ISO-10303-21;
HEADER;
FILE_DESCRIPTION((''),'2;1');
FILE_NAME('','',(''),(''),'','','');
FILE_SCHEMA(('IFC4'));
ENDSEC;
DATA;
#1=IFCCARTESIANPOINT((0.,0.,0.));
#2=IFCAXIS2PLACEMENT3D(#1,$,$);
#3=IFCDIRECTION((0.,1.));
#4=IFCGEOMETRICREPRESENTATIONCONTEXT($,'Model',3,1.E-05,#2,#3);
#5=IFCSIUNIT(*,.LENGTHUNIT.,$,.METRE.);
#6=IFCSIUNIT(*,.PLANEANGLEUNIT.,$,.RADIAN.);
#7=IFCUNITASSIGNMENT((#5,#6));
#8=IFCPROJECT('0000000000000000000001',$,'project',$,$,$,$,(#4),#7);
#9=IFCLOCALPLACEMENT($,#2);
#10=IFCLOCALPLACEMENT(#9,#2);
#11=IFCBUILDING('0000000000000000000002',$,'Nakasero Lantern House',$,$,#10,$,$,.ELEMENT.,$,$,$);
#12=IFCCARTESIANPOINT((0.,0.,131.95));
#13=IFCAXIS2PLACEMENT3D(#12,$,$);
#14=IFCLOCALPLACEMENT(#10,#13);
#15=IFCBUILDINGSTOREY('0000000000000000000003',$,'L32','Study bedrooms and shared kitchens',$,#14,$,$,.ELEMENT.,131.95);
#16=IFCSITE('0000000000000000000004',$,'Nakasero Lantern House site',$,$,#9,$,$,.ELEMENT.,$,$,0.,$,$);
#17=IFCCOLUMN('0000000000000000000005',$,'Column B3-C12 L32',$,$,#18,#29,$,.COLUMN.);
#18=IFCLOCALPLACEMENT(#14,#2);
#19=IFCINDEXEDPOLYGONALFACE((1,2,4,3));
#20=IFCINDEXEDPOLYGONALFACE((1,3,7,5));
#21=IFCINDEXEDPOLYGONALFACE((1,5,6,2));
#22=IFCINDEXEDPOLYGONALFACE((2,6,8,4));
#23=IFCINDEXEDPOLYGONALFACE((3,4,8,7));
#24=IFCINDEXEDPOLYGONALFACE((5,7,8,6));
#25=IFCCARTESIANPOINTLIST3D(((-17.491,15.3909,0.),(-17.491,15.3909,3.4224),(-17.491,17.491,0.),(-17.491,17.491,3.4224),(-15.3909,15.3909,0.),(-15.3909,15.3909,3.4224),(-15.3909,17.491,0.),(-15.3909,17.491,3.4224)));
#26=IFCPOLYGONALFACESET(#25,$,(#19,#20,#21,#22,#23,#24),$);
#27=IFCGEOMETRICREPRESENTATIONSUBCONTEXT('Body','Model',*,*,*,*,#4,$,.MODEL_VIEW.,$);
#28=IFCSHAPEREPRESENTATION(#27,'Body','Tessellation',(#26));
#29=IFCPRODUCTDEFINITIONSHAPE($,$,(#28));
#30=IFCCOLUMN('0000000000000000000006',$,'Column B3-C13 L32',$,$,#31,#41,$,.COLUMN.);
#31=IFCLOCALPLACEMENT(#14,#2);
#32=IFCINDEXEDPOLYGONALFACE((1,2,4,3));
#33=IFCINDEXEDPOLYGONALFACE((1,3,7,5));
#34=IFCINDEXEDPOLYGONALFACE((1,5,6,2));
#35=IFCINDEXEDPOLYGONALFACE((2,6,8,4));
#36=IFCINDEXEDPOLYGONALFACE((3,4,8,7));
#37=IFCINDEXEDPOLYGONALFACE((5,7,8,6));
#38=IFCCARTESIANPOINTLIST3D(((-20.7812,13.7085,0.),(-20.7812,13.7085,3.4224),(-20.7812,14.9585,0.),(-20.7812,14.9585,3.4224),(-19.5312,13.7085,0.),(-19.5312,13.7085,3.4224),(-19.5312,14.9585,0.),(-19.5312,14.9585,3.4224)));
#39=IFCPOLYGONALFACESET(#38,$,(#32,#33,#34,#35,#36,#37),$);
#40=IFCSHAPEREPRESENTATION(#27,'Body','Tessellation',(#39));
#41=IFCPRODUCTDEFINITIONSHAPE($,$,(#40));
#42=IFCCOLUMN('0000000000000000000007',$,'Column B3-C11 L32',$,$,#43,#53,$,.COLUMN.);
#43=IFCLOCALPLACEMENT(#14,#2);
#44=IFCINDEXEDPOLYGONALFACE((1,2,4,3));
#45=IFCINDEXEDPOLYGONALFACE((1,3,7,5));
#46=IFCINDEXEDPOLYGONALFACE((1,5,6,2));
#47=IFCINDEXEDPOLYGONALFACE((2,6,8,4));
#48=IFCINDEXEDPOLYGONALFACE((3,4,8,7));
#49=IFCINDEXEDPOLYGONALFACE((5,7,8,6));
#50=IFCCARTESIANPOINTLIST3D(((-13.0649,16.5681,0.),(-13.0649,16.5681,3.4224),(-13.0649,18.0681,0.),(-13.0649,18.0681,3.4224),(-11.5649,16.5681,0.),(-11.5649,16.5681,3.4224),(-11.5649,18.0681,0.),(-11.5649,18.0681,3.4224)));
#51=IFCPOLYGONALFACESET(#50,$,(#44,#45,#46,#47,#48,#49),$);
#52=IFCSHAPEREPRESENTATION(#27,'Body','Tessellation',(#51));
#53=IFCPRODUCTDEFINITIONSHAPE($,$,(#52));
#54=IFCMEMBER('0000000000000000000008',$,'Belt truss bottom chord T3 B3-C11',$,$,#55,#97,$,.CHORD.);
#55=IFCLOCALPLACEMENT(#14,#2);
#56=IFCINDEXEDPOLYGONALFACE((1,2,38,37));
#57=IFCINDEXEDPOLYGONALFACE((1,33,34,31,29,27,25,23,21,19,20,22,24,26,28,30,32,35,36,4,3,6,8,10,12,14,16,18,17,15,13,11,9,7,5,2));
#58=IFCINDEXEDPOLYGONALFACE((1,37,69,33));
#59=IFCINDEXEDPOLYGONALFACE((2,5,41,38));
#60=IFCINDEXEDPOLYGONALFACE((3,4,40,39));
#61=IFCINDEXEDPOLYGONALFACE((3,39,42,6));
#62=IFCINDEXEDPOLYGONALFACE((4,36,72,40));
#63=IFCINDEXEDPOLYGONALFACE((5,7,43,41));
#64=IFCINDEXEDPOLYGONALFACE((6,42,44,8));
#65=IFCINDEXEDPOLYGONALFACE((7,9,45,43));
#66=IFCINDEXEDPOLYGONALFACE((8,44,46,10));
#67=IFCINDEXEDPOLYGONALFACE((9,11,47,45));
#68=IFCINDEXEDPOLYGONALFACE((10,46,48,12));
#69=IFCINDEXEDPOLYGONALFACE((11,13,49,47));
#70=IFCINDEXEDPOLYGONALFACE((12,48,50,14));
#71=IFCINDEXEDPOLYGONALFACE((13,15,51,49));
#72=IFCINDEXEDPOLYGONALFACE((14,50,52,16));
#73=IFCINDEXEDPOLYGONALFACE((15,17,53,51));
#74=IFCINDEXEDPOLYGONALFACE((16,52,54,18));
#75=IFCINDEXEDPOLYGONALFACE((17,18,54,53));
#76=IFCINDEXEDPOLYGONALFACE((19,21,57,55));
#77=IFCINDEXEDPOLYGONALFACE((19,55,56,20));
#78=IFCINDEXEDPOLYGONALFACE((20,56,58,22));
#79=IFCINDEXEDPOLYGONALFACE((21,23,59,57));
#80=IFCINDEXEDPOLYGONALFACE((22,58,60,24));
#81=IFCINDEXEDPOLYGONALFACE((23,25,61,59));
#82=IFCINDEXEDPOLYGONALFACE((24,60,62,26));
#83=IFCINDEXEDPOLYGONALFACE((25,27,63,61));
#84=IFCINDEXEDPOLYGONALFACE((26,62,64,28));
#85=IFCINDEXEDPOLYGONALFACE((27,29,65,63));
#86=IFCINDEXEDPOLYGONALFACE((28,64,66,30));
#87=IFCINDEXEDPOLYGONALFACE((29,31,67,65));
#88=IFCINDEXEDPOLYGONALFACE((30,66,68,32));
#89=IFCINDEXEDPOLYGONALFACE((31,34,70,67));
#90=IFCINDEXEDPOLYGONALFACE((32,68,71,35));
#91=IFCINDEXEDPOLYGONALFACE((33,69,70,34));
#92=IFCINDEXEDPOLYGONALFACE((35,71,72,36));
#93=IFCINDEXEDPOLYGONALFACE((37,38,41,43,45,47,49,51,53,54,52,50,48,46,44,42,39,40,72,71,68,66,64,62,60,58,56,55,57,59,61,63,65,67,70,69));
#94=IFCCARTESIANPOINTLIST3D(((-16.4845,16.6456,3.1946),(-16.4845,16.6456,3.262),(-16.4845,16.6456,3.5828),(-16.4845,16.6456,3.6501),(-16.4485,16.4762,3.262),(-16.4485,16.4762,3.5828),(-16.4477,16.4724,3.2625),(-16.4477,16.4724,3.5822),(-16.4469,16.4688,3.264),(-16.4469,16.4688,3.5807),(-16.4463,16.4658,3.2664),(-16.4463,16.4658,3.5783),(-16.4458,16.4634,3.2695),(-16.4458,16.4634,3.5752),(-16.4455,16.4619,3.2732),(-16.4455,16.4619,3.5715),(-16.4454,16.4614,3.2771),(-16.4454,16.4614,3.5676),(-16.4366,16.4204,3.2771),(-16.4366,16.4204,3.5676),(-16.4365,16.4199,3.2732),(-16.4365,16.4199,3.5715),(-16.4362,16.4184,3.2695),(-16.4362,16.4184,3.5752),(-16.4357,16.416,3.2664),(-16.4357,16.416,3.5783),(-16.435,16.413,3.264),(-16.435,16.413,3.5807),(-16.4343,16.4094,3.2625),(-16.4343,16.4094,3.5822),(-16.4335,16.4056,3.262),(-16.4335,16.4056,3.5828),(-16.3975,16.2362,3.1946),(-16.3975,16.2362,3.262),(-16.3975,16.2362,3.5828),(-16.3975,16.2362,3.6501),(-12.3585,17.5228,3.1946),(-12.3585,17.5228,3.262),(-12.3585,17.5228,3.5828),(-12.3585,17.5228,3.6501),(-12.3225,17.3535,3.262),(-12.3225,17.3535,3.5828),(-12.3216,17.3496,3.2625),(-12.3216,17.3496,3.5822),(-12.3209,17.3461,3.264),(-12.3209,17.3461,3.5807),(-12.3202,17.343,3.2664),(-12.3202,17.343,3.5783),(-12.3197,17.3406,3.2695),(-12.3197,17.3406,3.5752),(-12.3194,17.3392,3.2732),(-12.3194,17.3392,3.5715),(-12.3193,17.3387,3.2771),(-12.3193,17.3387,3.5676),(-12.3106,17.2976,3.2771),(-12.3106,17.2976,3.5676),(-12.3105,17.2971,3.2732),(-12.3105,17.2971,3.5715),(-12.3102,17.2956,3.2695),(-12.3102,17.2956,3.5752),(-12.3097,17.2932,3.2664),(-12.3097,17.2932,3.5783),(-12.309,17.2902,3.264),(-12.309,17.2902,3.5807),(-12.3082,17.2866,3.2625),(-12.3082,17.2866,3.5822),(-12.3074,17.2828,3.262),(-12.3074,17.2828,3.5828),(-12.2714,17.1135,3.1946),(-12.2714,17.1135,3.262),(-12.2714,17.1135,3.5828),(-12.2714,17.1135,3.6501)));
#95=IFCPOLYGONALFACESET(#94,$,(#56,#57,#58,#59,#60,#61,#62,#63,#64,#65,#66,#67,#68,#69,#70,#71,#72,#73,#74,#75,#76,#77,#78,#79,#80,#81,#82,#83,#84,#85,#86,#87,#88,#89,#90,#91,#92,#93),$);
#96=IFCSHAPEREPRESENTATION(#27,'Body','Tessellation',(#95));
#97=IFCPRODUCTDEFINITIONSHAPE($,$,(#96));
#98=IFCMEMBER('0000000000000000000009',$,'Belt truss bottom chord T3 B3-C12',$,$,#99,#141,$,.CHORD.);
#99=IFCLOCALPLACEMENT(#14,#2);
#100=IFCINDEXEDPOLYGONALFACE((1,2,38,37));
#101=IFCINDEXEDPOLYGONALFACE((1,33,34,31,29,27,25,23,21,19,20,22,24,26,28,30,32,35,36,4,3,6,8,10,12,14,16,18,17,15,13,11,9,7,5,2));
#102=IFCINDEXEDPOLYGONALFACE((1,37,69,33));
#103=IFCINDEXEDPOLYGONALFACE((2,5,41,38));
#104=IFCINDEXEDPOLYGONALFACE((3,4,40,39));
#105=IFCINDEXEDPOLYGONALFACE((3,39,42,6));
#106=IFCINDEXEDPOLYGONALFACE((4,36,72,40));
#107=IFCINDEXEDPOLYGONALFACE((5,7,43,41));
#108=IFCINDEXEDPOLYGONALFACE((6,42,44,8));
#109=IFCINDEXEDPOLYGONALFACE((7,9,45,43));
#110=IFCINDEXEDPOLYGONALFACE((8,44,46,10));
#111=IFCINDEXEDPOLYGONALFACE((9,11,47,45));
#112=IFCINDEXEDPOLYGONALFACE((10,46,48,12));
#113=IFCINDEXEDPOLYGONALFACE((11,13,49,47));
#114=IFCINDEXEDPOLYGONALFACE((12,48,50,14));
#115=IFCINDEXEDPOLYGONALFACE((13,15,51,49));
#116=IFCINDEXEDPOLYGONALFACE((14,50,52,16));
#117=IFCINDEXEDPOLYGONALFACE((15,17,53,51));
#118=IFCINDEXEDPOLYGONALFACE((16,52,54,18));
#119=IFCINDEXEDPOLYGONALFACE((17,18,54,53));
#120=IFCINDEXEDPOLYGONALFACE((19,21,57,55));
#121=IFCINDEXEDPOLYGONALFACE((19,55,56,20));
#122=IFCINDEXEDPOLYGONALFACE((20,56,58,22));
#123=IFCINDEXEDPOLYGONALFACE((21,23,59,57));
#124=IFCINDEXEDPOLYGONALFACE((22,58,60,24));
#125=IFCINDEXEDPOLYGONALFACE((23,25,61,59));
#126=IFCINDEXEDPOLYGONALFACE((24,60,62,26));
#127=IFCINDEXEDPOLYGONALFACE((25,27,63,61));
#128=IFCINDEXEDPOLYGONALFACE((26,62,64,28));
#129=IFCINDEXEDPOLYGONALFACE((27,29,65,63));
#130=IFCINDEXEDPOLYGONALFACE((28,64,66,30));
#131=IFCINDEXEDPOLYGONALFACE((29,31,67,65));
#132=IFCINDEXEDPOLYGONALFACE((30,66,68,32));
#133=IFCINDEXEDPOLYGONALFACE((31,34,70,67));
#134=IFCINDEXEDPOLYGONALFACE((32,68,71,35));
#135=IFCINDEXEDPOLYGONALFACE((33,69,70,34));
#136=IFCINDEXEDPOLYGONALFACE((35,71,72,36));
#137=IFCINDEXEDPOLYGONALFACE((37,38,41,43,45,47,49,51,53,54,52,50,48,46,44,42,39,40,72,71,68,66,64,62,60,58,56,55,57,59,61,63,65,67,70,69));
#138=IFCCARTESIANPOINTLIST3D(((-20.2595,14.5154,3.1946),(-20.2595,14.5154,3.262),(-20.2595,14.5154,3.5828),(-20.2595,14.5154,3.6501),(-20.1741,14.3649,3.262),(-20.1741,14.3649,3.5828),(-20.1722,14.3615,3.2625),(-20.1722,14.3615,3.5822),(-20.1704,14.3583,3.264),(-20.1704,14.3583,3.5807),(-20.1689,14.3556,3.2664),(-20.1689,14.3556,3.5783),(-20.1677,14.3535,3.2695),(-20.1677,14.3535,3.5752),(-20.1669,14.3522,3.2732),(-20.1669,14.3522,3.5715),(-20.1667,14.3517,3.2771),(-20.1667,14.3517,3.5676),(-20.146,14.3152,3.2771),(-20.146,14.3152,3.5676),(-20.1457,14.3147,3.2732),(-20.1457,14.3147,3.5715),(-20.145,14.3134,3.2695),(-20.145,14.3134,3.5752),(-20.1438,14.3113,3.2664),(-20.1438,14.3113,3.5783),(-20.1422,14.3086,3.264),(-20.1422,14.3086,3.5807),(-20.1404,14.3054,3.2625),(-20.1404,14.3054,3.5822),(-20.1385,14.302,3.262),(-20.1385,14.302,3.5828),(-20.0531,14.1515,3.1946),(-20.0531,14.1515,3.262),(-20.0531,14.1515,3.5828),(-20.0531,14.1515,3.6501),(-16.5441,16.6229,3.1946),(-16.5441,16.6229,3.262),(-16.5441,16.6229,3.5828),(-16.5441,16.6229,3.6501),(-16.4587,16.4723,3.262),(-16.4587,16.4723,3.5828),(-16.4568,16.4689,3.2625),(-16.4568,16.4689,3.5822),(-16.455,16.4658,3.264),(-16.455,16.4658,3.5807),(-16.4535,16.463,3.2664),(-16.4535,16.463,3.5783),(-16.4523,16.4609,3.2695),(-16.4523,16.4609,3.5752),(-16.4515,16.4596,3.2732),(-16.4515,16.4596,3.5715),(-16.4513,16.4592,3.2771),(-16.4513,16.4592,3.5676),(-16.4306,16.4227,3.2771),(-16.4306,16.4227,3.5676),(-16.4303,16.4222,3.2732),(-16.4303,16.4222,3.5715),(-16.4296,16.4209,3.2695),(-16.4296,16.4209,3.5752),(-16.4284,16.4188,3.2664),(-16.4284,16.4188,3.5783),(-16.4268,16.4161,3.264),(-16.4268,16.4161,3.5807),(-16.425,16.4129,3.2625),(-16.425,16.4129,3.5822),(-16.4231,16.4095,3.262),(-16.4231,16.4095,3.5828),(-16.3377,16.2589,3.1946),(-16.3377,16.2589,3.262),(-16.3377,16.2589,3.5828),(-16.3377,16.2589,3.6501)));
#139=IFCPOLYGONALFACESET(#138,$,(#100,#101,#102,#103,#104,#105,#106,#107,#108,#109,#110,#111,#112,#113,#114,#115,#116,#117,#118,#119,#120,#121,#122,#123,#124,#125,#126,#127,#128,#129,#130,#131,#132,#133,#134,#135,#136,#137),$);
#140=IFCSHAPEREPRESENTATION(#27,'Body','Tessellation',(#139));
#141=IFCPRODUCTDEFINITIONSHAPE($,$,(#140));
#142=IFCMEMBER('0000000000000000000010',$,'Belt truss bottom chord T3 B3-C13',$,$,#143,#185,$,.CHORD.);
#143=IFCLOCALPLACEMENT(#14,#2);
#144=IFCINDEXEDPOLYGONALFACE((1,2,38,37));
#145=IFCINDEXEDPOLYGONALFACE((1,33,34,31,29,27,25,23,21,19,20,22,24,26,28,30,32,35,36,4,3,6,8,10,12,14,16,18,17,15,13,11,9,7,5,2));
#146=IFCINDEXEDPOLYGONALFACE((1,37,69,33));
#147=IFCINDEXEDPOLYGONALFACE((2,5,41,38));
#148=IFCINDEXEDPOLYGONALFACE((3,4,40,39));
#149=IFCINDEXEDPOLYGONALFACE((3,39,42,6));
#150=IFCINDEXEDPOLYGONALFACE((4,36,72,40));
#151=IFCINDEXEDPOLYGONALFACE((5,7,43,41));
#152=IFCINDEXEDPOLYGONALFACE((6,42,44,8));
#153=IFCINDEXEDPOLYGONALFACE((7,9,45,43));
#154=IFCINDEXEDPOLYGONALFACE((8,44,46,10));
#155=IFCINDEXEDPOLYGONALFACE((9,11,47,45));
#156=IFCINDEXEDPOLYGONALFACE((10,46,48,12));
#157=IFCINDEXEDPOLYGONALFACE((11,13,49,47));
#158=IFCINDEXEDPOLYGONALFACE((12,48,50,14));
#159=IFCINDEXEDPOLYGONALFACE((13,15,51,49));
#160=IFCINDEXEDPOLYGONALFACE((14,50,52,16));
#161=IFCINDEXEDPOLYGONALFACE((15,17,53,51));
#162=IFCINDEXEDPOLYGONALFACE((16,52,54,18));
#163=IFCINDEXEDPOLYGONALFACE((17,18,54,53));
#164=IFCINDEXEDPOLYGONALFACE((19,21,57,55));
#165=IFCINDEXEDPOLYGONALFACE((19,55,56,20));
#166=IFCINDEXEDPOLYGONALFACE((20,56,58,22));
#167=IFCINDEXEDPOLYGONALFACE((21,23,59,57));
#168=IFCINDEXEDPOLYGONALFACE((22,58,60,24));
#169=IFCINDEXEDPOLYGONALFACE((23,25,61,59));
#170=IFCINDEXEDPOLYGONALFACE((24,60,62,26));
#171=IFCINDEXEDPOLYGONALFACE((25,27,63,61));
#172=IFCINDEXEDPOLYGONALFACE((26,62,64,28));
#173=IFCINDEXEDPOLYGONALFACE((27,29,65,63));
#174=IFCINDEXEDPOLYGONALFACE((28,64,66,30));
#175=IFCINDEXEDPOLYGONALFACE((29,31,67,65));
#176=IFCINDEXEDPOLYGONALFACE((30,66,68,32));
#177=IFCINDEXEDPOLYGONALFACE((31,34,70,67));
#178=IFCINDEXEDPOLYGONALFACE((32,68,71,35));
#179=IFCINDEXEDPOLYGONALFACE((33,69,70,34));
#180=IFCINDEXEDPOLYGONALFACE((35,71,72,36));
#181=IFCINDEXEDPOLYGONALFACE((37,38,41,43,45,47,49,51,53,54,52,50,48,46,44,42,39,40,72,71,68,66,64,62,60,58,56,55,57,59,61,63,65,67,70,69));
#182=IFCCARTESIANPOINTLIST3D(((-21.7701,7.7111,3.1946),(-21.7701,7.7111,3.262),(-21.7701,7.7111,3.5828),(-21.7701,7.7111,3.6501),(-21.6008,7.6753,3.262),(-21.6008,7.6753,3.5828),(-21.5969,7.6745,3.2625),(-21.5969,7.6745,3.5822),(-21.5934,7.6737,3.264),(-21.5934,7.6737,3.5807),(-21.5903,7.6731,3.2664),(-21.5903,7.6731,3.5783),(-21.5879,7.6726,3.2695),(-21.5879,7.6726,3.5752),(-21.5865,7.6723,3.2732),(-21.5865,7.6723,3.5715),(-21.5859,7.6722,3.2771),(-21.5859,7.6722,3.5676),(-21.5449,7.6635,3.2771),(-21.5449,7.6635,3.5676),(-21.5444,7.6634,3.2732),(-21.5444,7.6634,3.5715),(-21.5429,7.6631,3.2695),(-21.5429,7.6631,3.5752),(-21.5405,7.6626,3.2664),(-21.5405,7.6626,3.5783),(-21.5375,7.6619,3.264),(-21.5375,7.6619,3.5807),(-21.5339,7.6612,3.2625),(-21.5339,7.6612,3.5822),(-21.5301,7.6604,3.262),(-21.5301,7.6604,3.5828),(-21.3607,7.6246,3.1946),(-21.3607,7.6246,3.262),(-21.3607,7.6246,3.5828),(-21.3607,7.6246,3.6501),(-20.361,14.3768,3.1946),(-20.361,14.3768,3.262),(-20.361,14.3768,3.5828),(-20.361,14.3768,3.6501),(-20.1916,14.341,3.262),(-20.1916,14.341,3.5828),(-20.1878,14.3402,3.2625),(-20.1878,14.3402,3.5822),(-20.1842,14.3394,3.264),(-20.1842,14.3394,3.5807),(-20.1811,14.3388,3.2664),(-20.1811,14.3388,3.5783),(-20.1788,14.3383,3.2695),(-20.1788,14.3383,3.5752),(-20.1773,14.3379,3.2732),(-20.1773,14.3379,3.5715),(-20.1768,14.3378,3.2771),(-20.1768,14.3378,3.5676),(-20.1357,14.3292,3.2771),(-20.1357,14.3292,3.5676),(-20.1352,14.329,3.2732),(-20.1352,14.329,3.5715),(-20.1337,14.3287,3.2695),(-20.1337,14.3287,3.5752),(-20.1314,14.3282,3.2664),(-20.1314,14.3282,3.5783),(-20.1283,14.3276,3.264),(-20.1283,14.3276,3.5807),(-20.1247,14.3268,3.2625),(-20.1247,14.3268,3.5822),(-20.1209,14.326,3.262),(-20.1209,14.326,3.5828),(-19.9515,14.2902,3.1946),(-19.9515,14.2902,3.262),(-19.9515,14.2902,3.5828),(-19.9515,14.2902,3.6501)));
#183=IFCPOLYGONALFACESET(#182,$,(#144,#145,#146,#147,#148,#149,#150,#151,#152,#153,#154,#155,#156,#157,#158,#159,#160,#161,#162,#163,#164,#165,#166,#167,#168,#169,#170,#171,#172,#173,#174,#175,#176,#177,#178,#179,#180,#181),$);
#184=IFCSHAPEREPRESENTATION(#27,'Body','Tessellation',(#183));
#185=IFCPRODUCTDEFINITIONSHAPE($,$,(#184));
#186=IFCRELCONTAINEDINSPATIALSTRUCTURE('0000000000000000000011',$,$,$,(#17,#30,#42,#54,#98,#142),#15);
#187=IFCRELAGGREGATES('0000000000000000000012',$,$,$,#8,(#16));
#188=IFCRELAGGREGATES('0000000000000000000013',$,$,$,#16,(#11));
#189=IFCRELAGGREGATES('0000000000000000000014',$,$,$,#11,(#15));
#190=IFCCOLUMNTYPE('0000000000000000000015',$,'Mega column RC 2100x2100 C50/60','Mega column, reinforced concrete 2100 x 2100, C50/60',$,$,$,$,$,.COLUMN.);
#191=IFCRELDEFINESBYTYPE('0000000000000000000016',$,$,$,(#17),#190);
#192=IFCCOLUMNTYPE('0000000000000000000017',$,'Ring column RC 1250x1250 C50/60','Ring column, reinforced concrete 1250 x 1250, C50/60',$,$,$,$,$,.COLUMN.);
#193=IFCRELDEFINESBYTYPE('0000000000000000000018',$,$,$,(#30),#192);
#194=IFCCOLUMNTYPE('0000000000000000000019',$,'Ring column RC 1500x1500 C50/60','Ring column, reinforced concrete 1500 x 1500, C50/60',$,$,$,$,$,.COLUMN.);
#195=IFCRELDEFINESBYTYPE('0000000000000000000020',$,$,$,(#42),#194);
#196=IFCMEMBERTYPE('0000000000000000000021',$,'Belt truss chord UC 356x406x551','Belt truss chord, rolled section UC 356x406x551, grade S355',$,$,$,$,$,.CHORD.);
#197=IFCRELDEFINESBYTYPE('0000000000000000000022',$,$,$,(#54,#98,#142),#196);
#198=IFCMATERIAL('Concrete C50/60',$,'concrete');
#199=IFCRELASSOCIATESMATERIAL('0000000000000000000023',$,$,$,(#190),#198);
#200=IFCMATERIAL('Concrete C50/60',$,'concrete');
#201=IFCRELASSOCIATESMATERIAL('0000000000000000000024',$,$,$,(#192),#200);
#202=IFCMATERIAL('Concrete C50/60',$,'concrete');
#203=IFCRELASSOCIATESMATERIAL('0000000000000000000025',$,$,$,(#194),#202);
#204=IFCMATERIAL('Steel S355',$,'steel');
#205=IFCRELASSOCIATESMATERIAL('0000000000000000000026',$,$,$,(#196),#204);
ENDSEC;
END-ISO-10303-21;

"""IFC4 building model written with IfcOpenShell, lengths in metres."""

from ifc_helpers import new_model, si_unit, direction, frame, origin, origin_2d, place, context, subcontext, project, spatial, rectangle, i_section, extrude, material, material_profile, profile_set, type_object, element, save


model = new_model("IFC4")

# Units and contexts
model_context = context("Model", 3, precision=1e-05, world=origin(), true_north=direction((0.0, 1.0)))
body_context = subcontext(model_context, "Body", "Model", "MODEL_VIEW")
ifc_project = project(units=[si_unit("LENGTHUNIT", "METRE"), si_unit("PLANEANGLEUNIT", "RADIAN")], contexts=[model_context])

# Site, building, storey
site_placement = place(None, origin())
site = spatial("IfcSite", under=ifc_project, at=site_placement, Name="Nakasero Lantern House site", CompositionType="ELEMENT", RefElevation=0.0)
building_placement = place(site_placement, origin())
building = spatial("IfcBuilding", under=site, at=building_placement, Name="Nakasero Lantern House", CompositionType="ELEMENT")
storey_placement = place(building_placement, frame((0.0, 0.0, 131.95)))
storey = spatial("IfcBuildingStorey", under=building, at=storey_placement, Name="L32", Description="Study bedrooms and shared kitchens", CompositionType="ELEMENT", Elevation=131.95)

# Columns
ifc_material_1 = material(Name="Concrete C50/60", Category="concrete")
ifc_material_profile_1 = material_profile(ifc_material_1, rectangle(XDim=2.1001, YDim=2.1001, at=origin_2d()), Name="RC 2100x2100")
ifc_profile_set_1 = profile_set([ifc_material_profile_1], Name="Concrete C50/60")
column_type_1 = type_object("IfcColumnType", Name="Mega column RC 2100x2100 C50/60", Description="Mega column, reinforced concrete 2100 x 2100, C50/60", PredefinedType="COLUMN", material=ifc_profile_set_1)
column_1_placement = place(storey_placement, frame((-16.4409, 16.4409, 0.0), z_axis=(0.0, 0.0, 1.0), x_axis=(1.0, 0.0, 0.0)))
element("IfcColumn", 1, at=column_1_placement, inside=storey, type_object=column_type_1, Name="Column B3-C12 L32", PredefinedType="COLUMN", context=body_context, shape_type="SweptSolid", body=[
    extrude(rectangle(XDim=2.1001, YDim=2.1001, at=origin_2d()), origin(), (0.0, 0.0, 1.0), 3.4224),
])
ifc_material_2 = material(Name="Concrete C50/60", Category="concrete")
ifc_material_profile_2 = material_profile(ifc_material_2, rectangle(XDim=1.25, YDim=1.25, at=origin_2d()), Name="RC 1250x1250")
ifc_profile_set_2 = profile_set([ifc_material_profile_2], Name="Concrete C50/60")
column_type_2 = type_object("IfcColumnType", Name="Ring column RC 1250x1250 C50/60", Description="Ring column, reinforced concrete 1250 x 1250, C50/60", PredefinedType="COLUMN", material=ifc_profile_set_2)
column_2_placement = place(storey_placement, frame((-20.1562, 14.3335, 0.0), z_axis=(0.0, 0.0, 1.0), x_axis=(1.0, 0.0, 0.0)))
element("IfcColumn", 2, at=column_2_placement, inside=storey, type_object=column_type_2, Name="Column B3-C13 L32", PredefinedType="COLUMN", context=body_context, shape_type="SweptSolid", body=[
    extrude(rectangle(XDim=1.25, YDim=1.25, at=origin_2d()), origin(), (0.0, 0.0, 1.0), 3.4224),
])
ifc_material_3 = material(Name="Concrete C50/60", Category="concrete")
ifc_material_profile_3 = material_profile(ifc_material_3, rectangle(XDim=1.5, YDim=1.5, at=origin_2d()), Name="RC 1500x1500")
ifc_profile_set_3 = profile_set([ifc_material_profile_3], Name="Concrete C50/60")
column_type_3 = type_object("IfcColumnType", Name="Ring column RC 1500x1500 C50/60", Description="Ring column, reinforced concrete 1500 x 1500, C50/60", PredefinedType="COLUMN", material=ifc_profile_set_3)
column_3_placement = place(storey_placement, frame((-12.3149, 17.3181, 0.0), z_axis=(0.0, 0.0, 1.0), x_axis=(1.0, 0.0, 0.0)))
element("IfcColumn", 3, at=column_3_placement, inside=storey, type_object=column_type_3, Name="Column B3-C11 L32", PredefinedType="COLUMN", context=body_context, shape_type="SweptSolid", body=[
    extrude(rectangle(XDim=1.5, YDim=1.5, at=origin_2d()), origin(), (0.0, 0.0, 1.0), 3.4224),
])

# Members
ifc_material_4 = material(Name="Steel S355", Category="steel")
ifc_material_profile_4 = material_profile(ifc_material_4, i_section(OverallWidth=0.4185, OverallDepth=0.4556, WebThickness=0.042, FlangeThickness=0.0674, FilletRadius=0.0151, at=origin_2d()), Name="UC 356x406x551")
ifc_profile_set_4 = profile_set([ifc_material_profile_4], Name="Steel S355")
member_type_1 = type_object("IfcMemberType", Name="Belt truss chord UC 356x406x551", Description="Belt truss chord, rolled section UC 356x406x551, grade S355", PredefinedType="CHORD", material=ifc_profile_set_4)
member_1_placement = place(storey_placement, frame((-12.3149, 17.3181, 3.4224), z_axis=(-0.978138, -0.207956, 0.0), x_axis=(0.207956, -0.978138, 0.0)))
element("IfcMember", 4, at=member_1_placement, inside=storey, type_object=member_type_1, Name="Belt truss bottom chord T3 B3-C11", PredefinedType="CHORD", context=body_context, shape_type="SweptSolid", body=[
    extrude(i_section(OverallWidth=0.4185, OverallDepth=0.4556, WebThickness=0.042, FlangeThickness=0.0674, FilletRadius=0.0151, at=origin_2d()), origin(), (0.0, 0.0, 1.0), 4.2183),
])
member_2_placement = place(storey_placement, frame((-16.4409, 16.4409, 3.4224), z_axis=(-0.869815, -0.493379, 0.0), x_axis=(0.493379, -0.869815, 0.0)))
element("IfcMember", 5, at=member_2_placement, inside=storey, type_object=member_type_1, Name="Belt truss bottom chord T3 B3-C12", PredefinedType="CHORD", context=body_context, shape_type="SweptSolid", body=[
    extrude(i_section(OverallWidth=0.4185, OverallDepth=0.4556, WebThickness=0.042, FlangeThickness=0.0674, FilletRadius=0.0151, at=origin_2d()), origin(), (0.0, 0.0, 1.0), 4.2715),
])
member_3_placement = place(storey_placement, frame((-20.1562, 14.3335, 3.4224), z_axis=(-0.206834, -0.978376, 0.0), x_axis=(0.978376, -0.206834, 0.0)))
element("IfcMember", 6, at=member_3_placement, inside=storey, type_object=member_type_1, Name="Belt truss bottom chord T3 B3-C13", PredefinedType="CHORD", context=body_context, shape_type="SweptSolid", body=[
    extrude(i_section(OverallWidth=0.4185, OverallDepth=0.4556, WebThickness=0.042, FlangeThickness=0.0674, FilletRadius=0.0151, at=origin_2d()), origin(), (0.0, 0.0, 1.0), 6.813),
])

save(model, "model.ifc")
